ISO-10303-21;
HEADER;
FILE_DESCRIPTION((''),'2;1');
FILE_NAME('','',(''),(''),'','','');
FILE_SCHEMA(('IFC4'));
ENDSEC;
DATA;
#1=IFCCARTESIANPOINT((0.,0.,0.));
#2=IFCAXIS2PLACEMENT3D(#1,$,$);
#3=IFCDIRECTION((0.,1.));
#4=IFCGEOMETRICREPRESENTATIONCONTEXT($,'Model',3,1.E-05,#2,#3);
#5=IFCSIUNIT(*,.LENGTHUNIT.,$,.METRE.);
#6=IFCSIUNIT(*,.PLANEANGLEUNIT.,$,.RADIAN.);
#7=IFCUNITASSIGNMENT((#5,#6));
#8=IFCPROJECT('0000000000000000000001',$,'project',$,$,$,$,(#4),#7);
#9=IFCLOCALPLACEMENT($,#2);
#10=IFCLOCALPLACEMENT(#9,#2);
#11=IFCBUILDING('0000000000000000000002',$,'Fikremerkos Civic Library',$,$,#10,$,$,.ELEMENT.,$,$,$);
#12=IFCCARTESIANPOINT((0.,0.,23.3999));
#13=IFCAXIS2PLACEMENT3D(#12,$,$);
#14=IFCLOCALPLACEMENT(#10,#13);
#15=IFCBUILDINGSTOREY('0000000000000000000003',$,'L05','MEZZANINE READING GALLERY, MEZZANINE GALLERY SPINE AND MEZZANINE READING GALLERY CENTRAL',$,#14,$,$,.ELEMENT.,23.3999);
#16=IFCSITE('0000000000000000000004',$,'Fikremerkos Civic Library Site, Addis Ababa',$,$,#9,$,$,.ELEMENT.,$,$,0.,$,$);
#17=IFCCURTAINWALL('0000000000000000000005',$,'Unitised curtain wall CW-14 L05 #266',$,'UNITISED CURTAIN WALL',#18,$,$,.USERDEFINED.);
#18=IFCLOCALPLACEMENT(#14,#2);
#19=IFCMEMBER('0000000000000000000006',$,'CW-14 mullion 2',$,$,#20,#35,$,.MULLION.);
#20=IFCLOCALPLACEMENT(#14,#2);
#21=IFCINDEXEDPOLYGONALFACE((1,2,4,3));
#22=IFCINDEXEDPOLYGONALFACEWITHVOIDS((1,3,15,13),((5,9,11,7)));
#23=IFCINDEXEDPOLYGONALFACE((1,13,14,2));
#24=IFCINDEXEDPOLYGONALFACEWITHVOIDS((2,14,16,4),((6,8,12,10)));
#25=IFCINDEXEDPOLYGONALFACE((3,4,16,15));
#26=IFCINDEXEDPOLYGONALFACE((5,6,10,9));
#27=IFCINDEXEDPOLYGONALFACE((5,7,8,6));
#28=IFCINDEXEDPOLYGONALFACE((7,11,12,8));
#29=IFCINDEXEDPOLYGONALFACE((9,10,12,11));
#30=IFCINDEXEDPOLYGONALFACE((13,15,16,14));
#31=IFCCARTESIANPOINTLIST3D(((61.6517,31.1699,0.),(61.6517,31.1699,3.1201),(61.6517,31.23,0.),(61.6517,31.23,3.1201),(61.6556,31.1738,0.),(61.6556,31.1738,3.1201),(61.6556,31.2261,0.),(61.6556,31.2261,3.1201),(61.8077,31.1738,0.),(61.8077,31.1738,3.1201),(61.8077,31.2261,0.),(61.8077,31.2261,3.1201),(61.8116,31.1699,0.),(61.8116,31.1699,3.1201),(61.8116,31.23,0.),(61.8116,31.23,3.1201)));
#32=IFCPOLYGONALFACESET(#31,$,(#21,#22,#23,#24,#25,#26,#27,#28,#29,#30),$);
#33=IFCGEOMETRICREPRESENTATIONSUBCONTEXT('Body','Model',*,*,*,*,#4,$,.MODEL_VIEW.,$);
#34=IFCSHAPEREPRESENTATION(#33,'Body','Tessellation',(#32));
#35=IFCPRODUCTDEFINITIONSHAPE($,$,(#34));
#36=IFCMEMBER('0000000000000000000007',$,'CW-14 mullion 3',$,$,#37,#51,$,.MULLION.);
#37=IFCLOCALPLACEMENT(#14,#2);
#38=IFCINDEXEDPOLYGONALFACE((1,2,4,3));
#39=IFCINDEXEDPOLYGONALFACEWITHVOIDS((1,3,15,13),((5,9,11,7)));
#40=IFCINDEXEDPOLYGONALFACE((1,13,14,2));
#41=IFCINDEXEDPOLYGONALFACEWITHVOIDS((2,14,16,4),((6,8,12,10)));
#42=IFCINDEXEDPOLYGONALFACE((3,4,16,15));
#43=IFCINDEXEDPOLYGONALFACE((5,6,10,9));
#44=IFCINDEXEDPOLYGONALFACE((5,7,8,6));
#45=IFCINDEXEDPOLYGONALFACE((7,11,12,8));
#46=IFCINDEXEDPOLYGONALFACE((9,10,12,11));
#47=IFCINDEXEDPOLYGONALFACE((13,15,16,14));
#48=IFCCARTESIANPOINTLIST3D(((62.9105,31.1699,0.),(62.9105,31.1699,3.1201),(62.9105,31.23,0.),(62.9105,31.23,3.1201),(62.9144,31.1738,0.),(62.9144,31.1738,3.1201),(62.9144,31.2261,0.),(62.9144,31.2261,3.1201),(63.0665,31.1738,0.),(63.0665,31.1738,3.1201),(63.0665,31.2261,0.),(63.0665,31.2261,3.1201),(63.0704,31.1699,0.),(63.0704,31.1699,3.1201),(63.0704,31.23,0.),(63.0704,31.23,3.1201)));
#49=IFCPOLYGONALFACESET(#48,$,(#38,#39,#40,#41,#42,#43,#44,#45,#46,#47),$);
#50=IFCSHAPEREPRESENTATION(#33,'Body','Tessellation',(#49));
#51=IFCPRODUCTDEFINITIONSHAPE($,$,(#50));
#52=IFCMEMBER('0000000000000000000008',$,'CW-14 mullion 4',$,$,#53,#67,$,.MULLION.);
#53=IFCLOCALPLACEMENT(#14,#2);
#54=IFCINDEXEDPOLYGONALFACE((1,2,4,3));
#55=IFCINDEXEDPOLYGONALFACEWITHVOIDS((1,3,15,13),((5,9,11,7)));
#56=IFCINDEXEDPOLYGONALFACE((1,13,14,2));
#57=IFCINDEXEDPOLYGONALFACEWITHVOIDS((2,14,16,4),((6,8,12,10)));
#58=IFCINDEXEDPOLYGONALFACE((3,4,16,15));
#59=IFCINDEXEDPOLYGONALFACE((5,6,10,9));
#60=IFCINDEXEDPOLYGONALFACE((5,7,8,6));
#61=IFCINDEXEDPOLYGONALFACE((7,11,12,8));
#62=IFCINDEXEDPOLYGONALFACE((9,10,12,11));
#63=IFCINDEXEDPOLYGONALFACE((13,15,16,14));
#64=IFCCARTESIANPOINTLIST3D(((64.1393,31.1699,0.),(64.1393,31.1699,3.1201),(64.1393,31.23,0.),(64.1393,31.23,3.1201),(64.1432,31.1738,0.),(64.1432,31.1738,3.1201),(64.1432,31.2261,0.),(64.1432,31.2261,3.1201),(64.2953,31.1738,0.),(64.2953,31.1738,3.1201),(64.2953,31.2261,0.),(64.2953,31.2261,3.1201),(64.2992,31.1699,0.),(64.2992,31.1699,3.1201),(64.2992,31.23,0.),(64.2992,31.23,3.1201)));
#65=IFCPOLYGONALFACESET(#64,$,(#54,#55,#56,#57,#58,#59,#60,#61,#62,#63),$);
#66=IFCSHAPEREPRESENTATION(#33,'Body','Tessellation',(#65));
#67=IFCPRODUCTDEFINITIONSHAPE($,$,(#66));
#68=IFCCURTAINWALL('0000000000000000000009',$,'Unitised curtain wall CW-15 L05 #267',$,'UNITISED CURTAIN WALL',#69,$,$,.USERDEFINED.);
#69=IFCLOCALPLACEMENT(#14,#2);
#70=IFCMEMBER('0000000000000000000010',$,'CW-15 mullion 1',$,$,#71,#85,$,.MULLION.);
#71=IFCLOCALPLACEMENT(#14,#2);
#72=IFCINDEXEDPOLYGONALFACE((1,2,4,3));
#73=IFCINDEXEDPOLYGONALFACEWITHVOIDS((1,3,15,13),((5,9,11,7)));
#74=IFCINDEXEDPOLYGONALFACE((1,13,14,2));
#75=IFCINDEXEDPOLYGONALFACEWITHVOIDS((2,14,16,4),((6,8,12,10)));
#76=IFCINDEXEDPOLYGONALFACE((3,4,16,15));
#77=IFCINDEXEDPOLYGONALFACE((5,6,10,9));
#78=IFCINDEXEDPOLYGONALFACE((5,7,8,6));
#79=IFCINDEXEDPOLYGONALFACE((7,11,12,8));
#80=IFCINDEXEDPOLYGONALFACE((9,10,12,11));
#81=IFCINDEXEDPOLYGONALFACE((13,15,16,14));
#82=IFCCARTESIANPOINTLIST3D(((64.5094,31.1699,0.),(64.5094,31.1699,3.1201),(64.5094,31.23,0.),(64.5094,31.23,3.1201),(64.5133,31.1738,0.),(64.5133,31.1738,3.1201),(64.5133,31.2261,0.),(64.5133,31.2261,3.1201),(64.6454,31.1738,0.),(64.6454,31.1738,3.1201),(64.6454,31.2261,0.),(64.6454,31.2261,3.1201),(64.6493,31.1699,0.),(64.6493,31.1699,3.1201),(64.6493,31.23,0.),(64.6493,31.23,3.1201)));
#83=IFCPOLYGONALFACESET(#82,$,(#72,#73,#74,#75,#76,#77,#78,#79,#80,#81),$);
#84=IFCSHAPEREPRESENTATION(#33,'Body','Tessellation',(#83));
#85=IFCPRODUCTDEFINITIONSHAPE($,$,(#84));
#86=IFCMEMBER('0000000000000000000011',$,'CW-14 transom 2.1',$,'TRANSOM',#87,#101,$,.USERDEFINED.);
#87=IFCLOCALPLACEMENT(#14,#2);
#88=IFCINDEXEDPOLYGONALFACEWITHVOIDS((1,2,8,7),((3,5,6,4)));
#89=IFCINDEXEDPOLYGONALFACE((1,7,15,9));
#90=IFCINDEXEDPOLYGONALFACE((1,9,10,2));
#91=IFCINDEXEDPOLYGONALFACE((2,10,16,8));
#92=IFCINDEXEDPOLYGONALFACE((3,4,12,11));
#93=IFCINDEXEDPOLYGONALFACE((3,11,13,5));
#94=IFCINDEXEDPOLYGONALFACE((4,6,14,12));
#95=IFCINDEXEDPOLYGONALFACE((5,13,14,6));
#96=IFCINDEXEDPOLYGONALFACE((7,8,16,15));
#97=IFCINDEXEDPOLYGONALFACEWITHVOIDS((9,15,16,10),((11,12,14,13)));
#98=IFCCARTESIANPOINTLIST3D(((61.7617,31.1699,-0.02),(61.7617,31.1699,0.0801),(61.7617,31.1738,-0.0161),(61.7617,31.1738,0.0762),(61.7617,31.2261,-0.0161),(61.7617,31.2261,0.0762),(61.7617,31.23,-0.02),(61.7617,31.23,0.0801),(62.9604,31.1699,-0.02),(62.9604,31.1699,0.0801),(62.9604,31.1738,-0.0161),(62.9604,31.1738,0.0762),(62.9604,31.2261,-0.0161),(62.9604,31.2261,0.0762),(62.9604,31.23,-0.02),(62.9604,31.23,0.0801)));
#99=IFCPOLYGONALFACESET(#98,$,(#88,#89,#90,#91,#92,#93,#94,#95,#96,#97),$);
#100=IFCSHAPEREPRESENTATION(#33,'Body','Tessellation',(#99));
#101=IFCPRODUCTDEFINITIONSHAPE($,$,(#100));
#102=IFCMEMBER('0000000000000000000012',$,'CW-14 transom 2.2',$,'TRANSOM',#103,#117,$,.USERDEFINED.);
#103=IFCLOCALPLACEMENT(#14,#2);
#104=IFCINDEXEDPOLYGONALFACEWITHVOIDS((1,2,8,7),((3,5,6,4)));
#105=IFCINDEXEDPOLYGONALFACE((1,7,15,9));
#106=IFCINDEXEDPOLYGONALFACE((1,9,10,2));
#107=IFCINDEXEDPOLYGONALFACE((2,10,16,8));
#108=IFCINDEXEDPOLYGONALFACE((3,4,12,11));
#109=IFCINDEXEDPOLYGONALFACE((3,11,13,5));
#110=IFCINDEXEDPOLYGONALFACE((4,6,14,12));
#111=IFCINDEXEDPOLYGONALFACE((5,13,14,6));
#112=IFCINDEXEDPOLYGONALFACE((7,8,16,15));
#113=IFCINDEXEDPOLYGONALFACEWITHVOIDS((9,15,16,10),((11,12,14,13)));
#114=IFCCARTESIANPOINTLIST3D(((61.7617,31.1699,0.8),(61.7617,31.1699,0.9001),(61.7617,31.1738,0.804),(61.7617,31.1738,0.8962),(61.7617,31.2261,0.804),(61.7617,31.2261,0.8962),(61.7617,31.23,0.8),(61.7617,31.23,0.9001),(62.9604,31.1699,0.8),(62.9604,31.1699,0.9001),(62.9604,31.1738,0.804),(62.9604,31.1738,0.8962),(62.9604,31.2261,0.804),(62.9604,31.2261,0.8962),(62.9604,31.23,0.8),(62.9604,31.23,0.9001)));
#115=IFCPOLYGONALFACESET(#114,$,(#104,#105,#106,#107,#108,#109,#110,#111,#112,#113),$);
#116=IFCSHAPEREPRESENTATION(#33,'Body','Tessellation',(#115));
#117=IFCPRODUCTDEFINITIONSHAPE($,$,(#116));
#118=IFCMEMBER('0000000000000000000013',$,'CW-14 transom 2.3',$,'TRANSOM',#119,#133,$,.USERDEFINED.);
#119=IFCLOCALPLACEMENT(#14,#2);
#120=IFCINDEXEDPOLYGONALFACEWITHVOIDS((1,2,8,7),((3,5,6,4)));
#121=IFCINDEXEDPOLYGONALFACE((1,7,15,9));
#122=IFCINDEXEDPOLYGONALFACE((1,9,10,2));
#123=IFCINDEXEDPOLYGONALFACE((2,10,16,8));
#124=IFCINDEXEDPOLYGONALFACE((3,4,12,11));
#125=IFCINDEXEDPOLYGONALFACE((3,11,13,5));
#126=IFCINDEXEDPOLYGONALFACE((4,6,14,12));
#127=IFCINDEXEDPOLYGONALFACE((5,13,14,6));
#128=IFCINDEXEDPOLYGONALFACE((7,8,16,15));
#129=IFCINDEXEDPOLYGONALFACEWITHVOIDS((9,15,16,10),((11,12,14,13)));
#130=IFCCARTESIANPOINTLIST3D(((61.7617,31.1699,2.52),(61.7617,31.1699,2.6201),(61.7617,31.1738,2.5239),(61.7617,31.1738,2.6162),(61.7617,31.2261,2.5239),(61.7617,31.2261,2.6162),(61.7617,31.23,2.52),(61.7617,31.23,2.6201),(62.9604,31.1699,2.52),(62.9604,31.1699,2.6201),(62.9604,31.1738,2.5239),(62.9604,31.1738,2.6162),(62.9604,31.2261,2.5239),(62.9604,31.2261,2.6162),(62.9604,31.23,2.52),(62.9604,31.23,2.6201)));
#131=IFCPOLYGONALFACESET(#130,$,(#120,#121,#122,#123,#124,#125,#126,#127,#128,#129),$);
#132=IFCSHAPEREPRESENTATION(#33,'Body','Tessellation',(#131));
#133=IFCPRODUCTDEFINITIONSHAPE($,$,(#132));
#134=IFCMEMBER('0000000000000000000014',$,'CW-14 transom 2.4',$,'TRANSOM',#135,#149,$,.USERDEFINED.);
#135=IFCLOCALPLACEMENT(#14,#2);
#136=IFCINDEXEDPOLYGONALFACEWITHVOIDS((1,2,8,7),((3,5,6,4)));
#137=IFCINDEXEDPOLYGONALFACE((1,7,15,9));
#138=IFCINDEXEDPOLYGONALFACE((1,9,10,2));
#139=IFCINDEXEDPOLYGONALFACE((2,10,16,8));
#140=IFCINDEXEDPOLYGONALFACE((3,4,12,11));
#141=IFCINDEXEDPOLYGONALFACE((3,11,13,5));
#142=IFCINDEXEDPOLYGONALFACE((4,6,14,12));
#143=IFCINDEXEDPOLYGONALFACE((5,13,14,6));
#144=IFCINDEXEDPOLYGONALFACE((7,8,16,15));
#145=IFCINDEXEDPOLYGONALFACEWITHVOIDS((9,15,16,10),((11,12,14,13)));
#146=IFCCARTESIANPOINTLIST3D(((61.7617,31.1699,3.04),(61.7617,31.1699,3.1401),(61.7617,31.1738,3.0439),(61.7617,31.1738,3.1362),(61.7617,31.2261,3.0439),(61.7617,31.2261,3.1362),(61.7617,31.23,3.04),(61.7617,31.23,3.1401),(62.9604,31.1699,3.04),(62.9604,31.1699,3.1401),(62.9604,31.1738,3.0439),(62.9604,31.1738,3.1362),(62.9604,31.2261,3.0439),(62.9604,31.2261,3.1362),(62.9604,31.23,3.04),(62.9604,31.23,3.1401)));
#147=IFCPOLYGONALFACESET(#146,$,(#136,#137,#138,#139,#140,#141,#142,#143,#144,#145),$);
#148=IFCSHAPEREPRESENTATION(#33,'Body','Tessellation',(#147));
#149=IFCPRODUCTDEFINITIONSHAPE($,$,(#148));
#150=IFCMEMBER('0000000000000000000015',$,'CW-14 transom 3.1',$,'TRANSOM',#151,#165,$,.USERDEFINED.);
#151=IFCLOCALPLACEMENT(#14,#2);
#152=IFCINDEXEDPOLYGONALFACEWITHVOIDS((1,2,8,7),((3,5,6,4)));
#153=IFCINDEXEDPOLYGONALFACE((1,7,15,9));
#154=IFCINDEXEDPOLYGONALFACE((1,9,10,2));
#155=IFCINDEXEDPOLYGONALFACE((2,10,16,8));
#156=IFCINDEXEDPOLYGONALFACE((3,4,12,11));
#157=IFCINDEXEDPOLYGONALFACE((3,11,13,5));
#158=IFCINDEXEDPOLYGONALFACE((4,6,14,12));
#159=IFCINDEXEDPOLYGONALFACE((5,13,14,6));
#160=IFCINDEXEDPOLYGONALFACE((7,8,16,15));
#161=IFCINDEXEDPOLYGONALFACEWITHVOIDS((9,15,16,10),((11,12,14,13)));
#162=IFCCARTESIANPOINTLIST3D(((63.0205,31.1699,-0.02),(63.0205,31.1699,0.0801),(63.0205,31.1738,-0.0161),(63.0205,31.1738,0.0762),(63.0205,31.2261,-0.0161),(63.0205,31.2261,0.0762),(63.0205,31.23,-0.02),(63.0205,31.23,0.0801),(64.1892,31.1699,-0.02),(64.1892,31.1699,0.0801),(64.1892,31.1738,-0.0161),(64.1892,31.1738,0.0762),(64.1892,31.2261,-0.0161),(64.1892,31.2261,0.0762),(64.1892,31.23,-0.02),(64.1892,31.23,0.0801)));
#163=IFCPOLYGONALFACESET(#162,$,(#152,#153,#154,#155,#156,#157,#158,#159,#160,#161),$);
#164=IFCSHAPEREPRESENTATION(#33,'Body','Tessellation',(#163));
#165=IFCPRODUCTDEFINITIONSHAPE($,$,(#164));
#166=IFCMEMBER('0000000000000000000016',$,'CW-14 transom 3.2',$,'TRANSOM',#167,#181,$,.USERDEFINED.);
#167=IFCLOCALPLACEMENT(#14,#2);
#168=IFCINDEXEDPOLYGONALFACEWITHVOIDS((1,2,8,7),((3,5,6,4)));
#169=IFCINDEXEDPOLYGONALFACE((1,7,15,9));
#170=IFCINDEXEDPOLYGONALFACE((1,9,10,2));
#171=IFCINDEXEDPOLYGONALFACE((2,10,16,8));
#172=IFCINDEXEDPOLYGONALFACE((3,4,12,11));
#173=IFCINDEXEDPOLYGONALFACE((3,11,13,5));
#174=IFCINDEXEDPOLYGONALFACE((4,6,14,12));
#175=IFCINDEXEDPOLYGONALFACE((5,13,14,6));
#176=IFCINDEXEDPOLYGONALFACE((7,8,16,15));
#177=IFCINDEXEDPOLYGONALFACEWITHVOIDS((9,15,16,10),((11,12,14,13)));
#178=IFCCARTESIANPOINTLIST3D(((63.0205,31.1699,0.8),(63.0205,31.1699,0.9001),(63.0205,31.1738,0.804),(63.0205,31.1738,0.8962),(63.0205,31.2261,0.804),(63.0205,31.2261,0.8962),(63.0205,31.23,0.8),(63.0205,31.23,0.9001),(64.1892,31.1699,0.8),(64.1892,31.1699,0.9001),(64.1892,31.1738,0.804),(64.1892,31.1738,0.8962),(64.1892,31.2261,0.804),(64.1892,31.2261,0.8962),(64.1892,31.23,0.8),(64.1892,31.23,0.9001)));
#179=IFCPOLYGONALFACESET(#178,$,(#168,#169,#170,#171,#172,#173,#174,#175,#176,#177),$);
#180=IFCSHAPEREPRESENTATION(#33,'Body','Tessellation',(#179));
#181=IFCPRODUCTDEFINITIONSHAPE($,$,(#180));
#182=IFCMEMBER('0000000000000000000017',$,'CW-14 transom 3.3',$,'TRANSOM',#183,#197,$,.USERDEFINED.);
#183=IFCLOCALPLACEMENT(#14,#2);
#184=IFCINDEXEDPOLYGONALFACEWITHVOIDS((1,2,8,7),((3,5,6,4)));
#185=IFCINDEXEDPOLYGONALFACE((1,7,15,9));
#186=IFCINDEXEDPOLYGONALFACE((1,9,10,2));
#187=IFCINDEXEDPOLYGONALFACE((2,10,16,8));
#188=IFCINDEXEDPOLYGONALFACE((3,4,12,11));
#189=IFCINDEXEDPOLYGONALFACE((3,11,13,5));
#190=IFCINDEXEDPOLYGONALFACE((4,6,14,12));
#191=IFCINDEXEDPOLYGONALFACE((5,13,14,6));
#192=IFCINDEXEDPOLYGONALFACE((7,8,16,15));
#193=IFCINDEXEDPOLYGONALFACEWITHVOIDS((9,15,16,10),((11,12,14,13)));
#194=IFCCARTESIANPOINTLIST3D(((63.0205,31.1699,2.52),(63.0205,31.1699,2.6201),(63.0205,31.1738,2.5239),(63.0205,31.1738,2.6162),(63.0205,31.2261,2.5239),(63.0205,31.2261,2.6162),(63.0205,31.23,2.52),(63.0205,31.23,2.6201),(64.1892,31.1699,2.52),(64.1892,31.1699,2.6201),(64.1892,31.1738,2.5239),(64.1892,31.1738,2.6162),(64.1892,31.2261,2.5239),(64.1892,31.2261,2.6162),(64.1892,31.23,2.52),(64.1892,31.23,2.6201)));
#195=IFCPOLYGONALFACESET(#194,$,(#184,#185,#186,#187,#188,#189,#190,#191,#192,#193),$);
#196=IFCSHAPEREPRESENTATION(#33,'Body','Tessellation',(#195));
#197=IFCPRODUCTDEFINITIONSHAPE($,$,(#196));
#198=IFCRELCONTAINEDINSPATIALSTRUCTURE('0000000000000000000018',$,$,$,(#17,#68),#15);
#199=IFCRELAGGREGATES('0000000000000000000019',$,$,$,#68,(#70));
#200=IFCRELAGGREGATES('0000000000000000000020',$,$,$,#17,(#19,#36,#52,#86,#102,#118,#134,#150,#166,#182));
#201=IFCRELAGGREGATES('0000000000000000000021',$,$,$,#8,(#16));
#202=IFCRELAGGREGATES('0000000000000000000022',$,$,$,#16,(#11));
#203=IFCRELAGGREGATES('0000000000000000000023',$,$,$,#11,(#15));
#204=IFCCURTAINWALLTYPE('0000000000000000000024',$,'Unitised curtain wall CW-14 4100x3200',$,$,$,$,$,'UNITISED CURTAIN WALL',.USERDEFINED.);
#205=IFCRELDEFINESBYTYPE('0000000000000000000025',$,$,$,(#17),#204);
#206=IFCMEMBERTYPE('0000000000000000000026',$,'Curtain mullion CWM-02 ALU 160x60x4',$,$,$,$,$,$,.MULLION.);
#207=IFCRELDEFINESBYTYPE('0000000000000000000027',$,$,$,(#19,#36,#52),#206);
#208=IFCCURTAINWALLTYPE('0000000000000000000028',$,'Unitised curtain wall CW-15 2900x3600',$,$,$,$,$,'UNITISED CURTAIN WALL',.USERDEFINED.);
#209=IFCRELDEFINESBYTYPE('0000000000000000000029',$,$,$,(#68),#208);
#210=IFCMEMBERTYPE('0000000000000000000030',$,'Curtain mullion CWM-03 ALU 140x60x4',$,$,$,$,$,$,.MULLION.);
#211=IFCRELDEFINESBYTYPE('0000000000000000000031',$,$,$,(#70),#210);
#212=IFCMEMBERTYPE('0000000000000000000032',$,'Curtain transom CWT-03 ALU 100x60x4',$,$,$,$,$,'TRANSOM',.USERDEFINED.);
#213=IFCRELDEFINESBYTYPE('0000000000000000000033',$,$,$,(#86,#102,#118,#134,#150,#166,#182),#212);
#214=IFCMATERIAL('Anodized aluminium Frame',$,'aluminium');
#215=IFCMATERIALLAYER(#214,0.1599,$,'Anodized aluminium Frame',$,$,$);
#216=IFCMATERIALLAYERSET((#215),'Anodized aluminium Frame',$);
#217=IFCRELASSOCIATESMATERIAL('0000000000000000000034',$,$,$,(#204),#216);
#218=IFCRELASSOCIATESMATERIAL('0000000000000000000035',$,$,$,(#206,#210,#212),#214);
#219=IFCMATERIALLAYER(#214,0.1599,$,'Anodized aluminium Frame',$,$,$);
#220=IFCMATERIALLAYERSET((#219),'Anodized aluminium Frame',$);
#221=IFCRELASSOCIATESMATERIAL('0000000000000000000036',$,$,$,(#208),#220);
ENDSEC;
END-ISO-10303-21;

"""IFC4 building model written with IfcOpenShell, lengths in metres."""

from ifc_helpers import new_model, si_unit, direction, frame, origin, origin_2d, place, context, subcontext, project, spatial, hollow_rectangle, extrude, material, layer, layer_set, material_profile, profile_set, type_object, element, aggregate, save


model = new_model("IFC4")

# Units and contexts
model_context = context("Model", 3, precision=1e-05, world=origin(), true_north=direction((0.0, 1.0)))
body_context = subcontext(model_context, "Body", "Model", "MODEL_VIEW")
ifc_project = project(units=[si_unit("LENGTHUNIT", "METRE"), si_unit("PLANEANGLEUNIT", "RADIAN")], contexts=[model_context])

# Site, building, storey
site_placement = place(None, origin())
site = spatial("IfcSite", under=ifc_project, at=site_placement, Name="Fikremerkos Civic Library Site, Addis Ababa", CompositionType="ELEMENT", RefElevation=0.0)
building_placement = place(site_placement, origin())
building = spatial("IfcBuilding", under=site, at=building_placement, Name="Fikremerkos Civic Library", CompositionType="ELEMENT")
storey_placement = place(building_placement, frame((0.0, 0.0, 23.3999)))
storey = spatial("IfcBuildingStorey", under=building, at=storey_placement, Name="L05", Description="MEZZANINE READING GALLERY, MEZZANINE GALLERY SPINE AND MEZZANINE READING GALLERY CENTRAL", CompositionType="ELEMENT", Elevation=23.3999)

# Curtain wall, members
ifc_material_1 = material(Name="Anodized aluminium Frame", Category="aluminium")
ifc_layer_1 = layer(ifc_material_1, 0.1599, Name="Anodized aluminium Frame")
ifc_layer_set_1 = layer_set([ifc_layer_1], Name="Anodized aluminium Frame")
curtain_wall_type_1 = type_object("IfcCurtainWallType", Name="Unitised curtain wall CW-14 4100x3200", ElementType="UNITISED CURTAIN WALL", PredefinedType="USERDEFINED", material=ifc_layer_set_1)
curtain_wall_1_placement = place(storey_placement, origin())
curtain_wall_1 = element("IfcCurtainWall", 1, at=curtain_wall_1_placement, inside=storey, type_object=curtain_wall_type_1, Name="Unitised curtain wall CW-14 L05 #266", ObjectType="UNITISED CURTAIN WALL", PredefinedType="USERDEFINED")
ifc_material_profile_1 = material_profile(ifc_material_1, hollow_rectangle(XDim=0.0601, YDim=0.1599, WallThickness=0.0039, at=origin_2d()), Name="ALU 160x60x4")
ifc_profile_set_1 = profile_set([ifc_material_profile_1], Name="Anodized aluminium Frame")
member_type_1 = type_object("IfcMemberType", Name="Curtain mullion CWM-02 ALU 160x60x4", PredefinedType="MULLION", material=ifc_profile_set_1)
member_1_placement = place(storey_placement, frame((61.7317, 31.2, 0.0), z_axis=(0.0, 0.0, 1.0), x_axis=(0.0, 1.0, 0.0)))
member_1 = element("IfcMember", 2, at=member_1_placement, type_object=member_type_1, Name="CW-14 mullion 2", PredefinedType="MULLION", context=body_context, shape_type="SweptSolid", body=[
    extrude(hollow_rectangle(XDim=0.0601, YDim=0.1599, WallThickness=0.0039, at=origin_2d()), origin(), (0.0, 0.0, 1.0), 3.1201),
])
member_2_placement = place(storey_placement, frame((62.9905, 31.2, 0.0), z_axis=(0.0, 0.0, 1.0), x_axis=(0.0, 1.0, 0.0)))
member_2 = element("IfcMember", 3, at=member_2_placement, type_object=member_type_1, Name="CW-14 mullion 3", PredefinedType="MULLION", context=body_context, shape_type="SweptSolid", body=[
    extrude(hollow_rectangle(XDim=0.0601, YDim=0.1599, WallThickness=0.0039, at=origin_2d()), origin(), (0.0, 0.0, 1.0), 3.1201),
])
member_3_placement = place(storey_placement, frame((64.2192, 31.2, 0.0), z_axis=(0.0, 0.0, 1.0), x_axis=(0.0, 1.0, 0.0)))
member_3 = element("IfcMember", 4, at=member_3_placement, type_object=member_type_1, Name="CW-14 mullion 4", PredefinedType="MULLION", context=body_context, shape_type="SweptSolid", body=[
    extrude(hollow_rectangle(XDim=0.0601, YDim=0.1599, WallThickness=0.0039, at=origin_2d()), origin(), (0.0, 0.0, 1.0), 3.1201),
])

# Curtain wall, member
ifc_layer_2 = layer(ifc_material_1, 0.1599, Name="Anodized aluminium Frame")
ifc_layer_set_2 = layer_set([ifc_layer_2], Name="Anodized aluminium Frame")
curtain_wall_type_2 = type_object("IfcCurtainWallType", Name="Unitised curtain wall CW-15 2900x3600", ElementType="UNITISED CURTAIN WALL", PredefinedType="USERDEFINED", material=ifc_layer_set_2)
curtain_wall_2_placement = place(storey_placement, origin())
curtain_wall_2 = element("IfcCurtainWall", 5, at=curtain_wall_2_placement, inside=storey, type_object=curtain_wall_type_2, Name="Unitised curtain wall CW-15 L05 #267", ObjectType="UNITISED CURTAIN WALL", PredefinedType="USERDEFINED")
ifc_material_profile_2 = material_profile(ifc_material_1, hollow_rectangle(XDim=0.0601, YDim=0.1399, WallThickness=0.0039, at=origin_2d()), Name="ALU 140x60x4")
ifc_profile_set_2 = profile_set([ifc_material_profile_2], Name="Anodized aluminium Frame")
member_type_2 = type_object("IfcMemberType", Name="Curtain mullion CWM-03 ALU 140x60x4", PredefinedType="MULLION", material=ifc_profile_set_2)
member_4_placement = place(storey_placement, frame((64.5793, 31.2, 0.0), z_axis=(0.0, 0.0, 1.0), x_axis=(0.0, 1.0, 0.0)))
member_4 = element("IfcMember", 6, at=member_4_placement, type_object=member_type_2, Name="CW-15 mullion 1", PredefinedType="MULLION", context=body_context, shape_type="SweptSolid", body=[
    extrude(hollow_rectangle(XDim=0.0601, YDim=0.1399, WallThickness=0.0039, at=origin_2d()), origin(), (0.0, 0.0, 1.0), 3.1201),
])

# Members
ifc_material_profile_3 = material_profile(ifc_material_1, hollow_rectangle(XDim=0.0601, YDim=0.1001, WallThickness=0.0039, at=origin_2d()), Name="ALU 100x60x4")
ifc_profile_set_3 = profile_set([ifc_material_profile_3], Name="Anodized aluminium Frame")
member_type_3 = type_object("IfcMemberType", Name="Curtain transom CWT-03 ALU 100x60x4", ElementType="TRANSOM", PredefinedType="USERDEFINED", material=ifc_profile_set_3)
member_5_placement = place(storey_placement, frame((61.7617, 31.2, 0.03), z_axis=(1.0, 0.0, 0.0), x_axis=(0.0, 1.0, 0.0)))
member_5 = element("IfcMember", 7, at=member_5_placement, type_object=member_type_3, Name="CW-14 transom 2.1", ObjectType="TRANSOM", PredefinedType="USERDEFINED", context=body_context, shape_type="SweptSolid", body=[
    extrude(hollow_rectangle(XDim=0.0601, YDim=0.1001, WallThickness=0.0039, at=origin_2d()), origin(), (0.0, 0.0, 1.0), 1.1987),
])
member_6_placement = place(storey_placement, frame((61.7617, 31.2, 0.8501), z_axis=(1.0, 0.0, 0.0), x_axis=(0.0, 1.0, 0.0)))
member_6 = element("IfcMember", 8, at=member_6_placement, type_object=member_type_3, Name="CW-14 transom 2.2", ObjectType="TRANSOM", PredefinedType="USERDEFINED", context=body_context, shape_type="SweptSolid", body=[
    extrude(hollow_rectangle(XDim=0.0601, YDim=0.1001, WallThickness=0.0039, at=origin_2d()), origin(), (0.0, 0.0, 1.0), 1.1987),
])
member_7_placement = place(storey_placement, frame((61.7617, 31.2, 2.5701), z_axis=(1.0, 0.0, 0.0), x_axis=(0.0, 1.0, 0.0)))
member_7 = element("IfcMember", 9, at=member_7_placement, type_object=member_type_3, Name="CW-14 transom 2.3", ObjectType="TRANSOM", PredefinedType="USERDEFINED", context=body_context, shape_type="SweptSolid", body=[
    extrude(hollow_rectangle(XDim=0.0601, YDim=0.1001, WallThickness=0.0039, at=origin_2d()), origin(), (0.0, 0.0, 1.0), 1.1987),
])
member_8_placement = place(storey_placement, frame((61.7617, 31.2, 3.0901), z_axis=(1.0, 0.0, 0.0), x_axis=(0.0, 1.0, 0.0)))
member_8 = element("IfcMember", 10, at=member_8_placement, type_object=member_type_3, Name="CW-14 transom 2.4", ObjectType="TRANSOM", PredefinedType="USERDEFINED", context=body_context, shape_type="SweptSolid", body=[
    extrude(hollow_rectangle(XDim=0.0601, YDim=0.1001, WallThickness=0.0039, at=origin_2d()), origin(), (0.0, 0.0, 1.0), 1.1987),
])
member_9_placement = place(storey_placement, frame((63.0205, 31.2, 0.03), z_axis=(1.0, 0.0, 0.0), x_axis=(0.0, 1.0, 0.0)))
member_9 = element("IfcMember", 11, at=member_9_placement, type_object=member_type_3, Name="CW-14 transom 3.1", ObjectType="TRANSOM", PredefinedType="USERDEFINED", context=body_context, shape_type="SweptSolid", body=[
    extrude(hollow_rectangle(XDim=0.0601, YDim=0.1001, WallThickness=0.0039, at=origin_2d()), origin(), (0.0, 0.0, 1.0), 1.1687),
])
member_10_placement = place(storey_placement, frame((63.0205, 31.2, 0.8501), z_axis=(1.0, 0.0, 0.0), x_axis=(0.0, 1.0, 0.0)))
member_10 = element("IfcMember", 12, at=member_10_placement, type_object=member_type_3, Name="CW-14 transom 3.2", ObjectType="TRANSOM", PredefinedType="USERDEFINED", context=body_context, shape_type="SweptSolid", body=[
    extrude(hollow_rectangle(XDim=0.0601, YDim=0.1001, WallThickness=0.0039, at=origin_2d()), origin(), (0.0, 0.0, 1.0), 1.1687),
])
member_11_placement = place(storey_placement, frame((63.0205, 31.2, 2.5701), z_axis=(1.0, 0.0, 0.0), x_axis=(0.0, 1.0, 0.0)))
member_11 = element("IfcMember", 13, at=member_11_placement, type_object=member_type_3, Name="CW-14 transom 3.3", ObjectType="TRANSOM", PredefinedType="USERDEFINED", context=body_context, shape_type="SweptSolid", body=[
    extrude(hollow_rectangle(XDim=0.0601, YDim=0.1001, WallThickness=0.0039, at=origin_2d()), origin(), (0.0, 0.0, 1.0), 1.1687),
])
aggregate(curtain_wall_2, [member_4])

aggregate(curtain_wall_1, [member_1, member_2, member_3, member_5, member_6, member_7, member_8, member_9, member_10, member_11])

save(model, "model.ifc")
